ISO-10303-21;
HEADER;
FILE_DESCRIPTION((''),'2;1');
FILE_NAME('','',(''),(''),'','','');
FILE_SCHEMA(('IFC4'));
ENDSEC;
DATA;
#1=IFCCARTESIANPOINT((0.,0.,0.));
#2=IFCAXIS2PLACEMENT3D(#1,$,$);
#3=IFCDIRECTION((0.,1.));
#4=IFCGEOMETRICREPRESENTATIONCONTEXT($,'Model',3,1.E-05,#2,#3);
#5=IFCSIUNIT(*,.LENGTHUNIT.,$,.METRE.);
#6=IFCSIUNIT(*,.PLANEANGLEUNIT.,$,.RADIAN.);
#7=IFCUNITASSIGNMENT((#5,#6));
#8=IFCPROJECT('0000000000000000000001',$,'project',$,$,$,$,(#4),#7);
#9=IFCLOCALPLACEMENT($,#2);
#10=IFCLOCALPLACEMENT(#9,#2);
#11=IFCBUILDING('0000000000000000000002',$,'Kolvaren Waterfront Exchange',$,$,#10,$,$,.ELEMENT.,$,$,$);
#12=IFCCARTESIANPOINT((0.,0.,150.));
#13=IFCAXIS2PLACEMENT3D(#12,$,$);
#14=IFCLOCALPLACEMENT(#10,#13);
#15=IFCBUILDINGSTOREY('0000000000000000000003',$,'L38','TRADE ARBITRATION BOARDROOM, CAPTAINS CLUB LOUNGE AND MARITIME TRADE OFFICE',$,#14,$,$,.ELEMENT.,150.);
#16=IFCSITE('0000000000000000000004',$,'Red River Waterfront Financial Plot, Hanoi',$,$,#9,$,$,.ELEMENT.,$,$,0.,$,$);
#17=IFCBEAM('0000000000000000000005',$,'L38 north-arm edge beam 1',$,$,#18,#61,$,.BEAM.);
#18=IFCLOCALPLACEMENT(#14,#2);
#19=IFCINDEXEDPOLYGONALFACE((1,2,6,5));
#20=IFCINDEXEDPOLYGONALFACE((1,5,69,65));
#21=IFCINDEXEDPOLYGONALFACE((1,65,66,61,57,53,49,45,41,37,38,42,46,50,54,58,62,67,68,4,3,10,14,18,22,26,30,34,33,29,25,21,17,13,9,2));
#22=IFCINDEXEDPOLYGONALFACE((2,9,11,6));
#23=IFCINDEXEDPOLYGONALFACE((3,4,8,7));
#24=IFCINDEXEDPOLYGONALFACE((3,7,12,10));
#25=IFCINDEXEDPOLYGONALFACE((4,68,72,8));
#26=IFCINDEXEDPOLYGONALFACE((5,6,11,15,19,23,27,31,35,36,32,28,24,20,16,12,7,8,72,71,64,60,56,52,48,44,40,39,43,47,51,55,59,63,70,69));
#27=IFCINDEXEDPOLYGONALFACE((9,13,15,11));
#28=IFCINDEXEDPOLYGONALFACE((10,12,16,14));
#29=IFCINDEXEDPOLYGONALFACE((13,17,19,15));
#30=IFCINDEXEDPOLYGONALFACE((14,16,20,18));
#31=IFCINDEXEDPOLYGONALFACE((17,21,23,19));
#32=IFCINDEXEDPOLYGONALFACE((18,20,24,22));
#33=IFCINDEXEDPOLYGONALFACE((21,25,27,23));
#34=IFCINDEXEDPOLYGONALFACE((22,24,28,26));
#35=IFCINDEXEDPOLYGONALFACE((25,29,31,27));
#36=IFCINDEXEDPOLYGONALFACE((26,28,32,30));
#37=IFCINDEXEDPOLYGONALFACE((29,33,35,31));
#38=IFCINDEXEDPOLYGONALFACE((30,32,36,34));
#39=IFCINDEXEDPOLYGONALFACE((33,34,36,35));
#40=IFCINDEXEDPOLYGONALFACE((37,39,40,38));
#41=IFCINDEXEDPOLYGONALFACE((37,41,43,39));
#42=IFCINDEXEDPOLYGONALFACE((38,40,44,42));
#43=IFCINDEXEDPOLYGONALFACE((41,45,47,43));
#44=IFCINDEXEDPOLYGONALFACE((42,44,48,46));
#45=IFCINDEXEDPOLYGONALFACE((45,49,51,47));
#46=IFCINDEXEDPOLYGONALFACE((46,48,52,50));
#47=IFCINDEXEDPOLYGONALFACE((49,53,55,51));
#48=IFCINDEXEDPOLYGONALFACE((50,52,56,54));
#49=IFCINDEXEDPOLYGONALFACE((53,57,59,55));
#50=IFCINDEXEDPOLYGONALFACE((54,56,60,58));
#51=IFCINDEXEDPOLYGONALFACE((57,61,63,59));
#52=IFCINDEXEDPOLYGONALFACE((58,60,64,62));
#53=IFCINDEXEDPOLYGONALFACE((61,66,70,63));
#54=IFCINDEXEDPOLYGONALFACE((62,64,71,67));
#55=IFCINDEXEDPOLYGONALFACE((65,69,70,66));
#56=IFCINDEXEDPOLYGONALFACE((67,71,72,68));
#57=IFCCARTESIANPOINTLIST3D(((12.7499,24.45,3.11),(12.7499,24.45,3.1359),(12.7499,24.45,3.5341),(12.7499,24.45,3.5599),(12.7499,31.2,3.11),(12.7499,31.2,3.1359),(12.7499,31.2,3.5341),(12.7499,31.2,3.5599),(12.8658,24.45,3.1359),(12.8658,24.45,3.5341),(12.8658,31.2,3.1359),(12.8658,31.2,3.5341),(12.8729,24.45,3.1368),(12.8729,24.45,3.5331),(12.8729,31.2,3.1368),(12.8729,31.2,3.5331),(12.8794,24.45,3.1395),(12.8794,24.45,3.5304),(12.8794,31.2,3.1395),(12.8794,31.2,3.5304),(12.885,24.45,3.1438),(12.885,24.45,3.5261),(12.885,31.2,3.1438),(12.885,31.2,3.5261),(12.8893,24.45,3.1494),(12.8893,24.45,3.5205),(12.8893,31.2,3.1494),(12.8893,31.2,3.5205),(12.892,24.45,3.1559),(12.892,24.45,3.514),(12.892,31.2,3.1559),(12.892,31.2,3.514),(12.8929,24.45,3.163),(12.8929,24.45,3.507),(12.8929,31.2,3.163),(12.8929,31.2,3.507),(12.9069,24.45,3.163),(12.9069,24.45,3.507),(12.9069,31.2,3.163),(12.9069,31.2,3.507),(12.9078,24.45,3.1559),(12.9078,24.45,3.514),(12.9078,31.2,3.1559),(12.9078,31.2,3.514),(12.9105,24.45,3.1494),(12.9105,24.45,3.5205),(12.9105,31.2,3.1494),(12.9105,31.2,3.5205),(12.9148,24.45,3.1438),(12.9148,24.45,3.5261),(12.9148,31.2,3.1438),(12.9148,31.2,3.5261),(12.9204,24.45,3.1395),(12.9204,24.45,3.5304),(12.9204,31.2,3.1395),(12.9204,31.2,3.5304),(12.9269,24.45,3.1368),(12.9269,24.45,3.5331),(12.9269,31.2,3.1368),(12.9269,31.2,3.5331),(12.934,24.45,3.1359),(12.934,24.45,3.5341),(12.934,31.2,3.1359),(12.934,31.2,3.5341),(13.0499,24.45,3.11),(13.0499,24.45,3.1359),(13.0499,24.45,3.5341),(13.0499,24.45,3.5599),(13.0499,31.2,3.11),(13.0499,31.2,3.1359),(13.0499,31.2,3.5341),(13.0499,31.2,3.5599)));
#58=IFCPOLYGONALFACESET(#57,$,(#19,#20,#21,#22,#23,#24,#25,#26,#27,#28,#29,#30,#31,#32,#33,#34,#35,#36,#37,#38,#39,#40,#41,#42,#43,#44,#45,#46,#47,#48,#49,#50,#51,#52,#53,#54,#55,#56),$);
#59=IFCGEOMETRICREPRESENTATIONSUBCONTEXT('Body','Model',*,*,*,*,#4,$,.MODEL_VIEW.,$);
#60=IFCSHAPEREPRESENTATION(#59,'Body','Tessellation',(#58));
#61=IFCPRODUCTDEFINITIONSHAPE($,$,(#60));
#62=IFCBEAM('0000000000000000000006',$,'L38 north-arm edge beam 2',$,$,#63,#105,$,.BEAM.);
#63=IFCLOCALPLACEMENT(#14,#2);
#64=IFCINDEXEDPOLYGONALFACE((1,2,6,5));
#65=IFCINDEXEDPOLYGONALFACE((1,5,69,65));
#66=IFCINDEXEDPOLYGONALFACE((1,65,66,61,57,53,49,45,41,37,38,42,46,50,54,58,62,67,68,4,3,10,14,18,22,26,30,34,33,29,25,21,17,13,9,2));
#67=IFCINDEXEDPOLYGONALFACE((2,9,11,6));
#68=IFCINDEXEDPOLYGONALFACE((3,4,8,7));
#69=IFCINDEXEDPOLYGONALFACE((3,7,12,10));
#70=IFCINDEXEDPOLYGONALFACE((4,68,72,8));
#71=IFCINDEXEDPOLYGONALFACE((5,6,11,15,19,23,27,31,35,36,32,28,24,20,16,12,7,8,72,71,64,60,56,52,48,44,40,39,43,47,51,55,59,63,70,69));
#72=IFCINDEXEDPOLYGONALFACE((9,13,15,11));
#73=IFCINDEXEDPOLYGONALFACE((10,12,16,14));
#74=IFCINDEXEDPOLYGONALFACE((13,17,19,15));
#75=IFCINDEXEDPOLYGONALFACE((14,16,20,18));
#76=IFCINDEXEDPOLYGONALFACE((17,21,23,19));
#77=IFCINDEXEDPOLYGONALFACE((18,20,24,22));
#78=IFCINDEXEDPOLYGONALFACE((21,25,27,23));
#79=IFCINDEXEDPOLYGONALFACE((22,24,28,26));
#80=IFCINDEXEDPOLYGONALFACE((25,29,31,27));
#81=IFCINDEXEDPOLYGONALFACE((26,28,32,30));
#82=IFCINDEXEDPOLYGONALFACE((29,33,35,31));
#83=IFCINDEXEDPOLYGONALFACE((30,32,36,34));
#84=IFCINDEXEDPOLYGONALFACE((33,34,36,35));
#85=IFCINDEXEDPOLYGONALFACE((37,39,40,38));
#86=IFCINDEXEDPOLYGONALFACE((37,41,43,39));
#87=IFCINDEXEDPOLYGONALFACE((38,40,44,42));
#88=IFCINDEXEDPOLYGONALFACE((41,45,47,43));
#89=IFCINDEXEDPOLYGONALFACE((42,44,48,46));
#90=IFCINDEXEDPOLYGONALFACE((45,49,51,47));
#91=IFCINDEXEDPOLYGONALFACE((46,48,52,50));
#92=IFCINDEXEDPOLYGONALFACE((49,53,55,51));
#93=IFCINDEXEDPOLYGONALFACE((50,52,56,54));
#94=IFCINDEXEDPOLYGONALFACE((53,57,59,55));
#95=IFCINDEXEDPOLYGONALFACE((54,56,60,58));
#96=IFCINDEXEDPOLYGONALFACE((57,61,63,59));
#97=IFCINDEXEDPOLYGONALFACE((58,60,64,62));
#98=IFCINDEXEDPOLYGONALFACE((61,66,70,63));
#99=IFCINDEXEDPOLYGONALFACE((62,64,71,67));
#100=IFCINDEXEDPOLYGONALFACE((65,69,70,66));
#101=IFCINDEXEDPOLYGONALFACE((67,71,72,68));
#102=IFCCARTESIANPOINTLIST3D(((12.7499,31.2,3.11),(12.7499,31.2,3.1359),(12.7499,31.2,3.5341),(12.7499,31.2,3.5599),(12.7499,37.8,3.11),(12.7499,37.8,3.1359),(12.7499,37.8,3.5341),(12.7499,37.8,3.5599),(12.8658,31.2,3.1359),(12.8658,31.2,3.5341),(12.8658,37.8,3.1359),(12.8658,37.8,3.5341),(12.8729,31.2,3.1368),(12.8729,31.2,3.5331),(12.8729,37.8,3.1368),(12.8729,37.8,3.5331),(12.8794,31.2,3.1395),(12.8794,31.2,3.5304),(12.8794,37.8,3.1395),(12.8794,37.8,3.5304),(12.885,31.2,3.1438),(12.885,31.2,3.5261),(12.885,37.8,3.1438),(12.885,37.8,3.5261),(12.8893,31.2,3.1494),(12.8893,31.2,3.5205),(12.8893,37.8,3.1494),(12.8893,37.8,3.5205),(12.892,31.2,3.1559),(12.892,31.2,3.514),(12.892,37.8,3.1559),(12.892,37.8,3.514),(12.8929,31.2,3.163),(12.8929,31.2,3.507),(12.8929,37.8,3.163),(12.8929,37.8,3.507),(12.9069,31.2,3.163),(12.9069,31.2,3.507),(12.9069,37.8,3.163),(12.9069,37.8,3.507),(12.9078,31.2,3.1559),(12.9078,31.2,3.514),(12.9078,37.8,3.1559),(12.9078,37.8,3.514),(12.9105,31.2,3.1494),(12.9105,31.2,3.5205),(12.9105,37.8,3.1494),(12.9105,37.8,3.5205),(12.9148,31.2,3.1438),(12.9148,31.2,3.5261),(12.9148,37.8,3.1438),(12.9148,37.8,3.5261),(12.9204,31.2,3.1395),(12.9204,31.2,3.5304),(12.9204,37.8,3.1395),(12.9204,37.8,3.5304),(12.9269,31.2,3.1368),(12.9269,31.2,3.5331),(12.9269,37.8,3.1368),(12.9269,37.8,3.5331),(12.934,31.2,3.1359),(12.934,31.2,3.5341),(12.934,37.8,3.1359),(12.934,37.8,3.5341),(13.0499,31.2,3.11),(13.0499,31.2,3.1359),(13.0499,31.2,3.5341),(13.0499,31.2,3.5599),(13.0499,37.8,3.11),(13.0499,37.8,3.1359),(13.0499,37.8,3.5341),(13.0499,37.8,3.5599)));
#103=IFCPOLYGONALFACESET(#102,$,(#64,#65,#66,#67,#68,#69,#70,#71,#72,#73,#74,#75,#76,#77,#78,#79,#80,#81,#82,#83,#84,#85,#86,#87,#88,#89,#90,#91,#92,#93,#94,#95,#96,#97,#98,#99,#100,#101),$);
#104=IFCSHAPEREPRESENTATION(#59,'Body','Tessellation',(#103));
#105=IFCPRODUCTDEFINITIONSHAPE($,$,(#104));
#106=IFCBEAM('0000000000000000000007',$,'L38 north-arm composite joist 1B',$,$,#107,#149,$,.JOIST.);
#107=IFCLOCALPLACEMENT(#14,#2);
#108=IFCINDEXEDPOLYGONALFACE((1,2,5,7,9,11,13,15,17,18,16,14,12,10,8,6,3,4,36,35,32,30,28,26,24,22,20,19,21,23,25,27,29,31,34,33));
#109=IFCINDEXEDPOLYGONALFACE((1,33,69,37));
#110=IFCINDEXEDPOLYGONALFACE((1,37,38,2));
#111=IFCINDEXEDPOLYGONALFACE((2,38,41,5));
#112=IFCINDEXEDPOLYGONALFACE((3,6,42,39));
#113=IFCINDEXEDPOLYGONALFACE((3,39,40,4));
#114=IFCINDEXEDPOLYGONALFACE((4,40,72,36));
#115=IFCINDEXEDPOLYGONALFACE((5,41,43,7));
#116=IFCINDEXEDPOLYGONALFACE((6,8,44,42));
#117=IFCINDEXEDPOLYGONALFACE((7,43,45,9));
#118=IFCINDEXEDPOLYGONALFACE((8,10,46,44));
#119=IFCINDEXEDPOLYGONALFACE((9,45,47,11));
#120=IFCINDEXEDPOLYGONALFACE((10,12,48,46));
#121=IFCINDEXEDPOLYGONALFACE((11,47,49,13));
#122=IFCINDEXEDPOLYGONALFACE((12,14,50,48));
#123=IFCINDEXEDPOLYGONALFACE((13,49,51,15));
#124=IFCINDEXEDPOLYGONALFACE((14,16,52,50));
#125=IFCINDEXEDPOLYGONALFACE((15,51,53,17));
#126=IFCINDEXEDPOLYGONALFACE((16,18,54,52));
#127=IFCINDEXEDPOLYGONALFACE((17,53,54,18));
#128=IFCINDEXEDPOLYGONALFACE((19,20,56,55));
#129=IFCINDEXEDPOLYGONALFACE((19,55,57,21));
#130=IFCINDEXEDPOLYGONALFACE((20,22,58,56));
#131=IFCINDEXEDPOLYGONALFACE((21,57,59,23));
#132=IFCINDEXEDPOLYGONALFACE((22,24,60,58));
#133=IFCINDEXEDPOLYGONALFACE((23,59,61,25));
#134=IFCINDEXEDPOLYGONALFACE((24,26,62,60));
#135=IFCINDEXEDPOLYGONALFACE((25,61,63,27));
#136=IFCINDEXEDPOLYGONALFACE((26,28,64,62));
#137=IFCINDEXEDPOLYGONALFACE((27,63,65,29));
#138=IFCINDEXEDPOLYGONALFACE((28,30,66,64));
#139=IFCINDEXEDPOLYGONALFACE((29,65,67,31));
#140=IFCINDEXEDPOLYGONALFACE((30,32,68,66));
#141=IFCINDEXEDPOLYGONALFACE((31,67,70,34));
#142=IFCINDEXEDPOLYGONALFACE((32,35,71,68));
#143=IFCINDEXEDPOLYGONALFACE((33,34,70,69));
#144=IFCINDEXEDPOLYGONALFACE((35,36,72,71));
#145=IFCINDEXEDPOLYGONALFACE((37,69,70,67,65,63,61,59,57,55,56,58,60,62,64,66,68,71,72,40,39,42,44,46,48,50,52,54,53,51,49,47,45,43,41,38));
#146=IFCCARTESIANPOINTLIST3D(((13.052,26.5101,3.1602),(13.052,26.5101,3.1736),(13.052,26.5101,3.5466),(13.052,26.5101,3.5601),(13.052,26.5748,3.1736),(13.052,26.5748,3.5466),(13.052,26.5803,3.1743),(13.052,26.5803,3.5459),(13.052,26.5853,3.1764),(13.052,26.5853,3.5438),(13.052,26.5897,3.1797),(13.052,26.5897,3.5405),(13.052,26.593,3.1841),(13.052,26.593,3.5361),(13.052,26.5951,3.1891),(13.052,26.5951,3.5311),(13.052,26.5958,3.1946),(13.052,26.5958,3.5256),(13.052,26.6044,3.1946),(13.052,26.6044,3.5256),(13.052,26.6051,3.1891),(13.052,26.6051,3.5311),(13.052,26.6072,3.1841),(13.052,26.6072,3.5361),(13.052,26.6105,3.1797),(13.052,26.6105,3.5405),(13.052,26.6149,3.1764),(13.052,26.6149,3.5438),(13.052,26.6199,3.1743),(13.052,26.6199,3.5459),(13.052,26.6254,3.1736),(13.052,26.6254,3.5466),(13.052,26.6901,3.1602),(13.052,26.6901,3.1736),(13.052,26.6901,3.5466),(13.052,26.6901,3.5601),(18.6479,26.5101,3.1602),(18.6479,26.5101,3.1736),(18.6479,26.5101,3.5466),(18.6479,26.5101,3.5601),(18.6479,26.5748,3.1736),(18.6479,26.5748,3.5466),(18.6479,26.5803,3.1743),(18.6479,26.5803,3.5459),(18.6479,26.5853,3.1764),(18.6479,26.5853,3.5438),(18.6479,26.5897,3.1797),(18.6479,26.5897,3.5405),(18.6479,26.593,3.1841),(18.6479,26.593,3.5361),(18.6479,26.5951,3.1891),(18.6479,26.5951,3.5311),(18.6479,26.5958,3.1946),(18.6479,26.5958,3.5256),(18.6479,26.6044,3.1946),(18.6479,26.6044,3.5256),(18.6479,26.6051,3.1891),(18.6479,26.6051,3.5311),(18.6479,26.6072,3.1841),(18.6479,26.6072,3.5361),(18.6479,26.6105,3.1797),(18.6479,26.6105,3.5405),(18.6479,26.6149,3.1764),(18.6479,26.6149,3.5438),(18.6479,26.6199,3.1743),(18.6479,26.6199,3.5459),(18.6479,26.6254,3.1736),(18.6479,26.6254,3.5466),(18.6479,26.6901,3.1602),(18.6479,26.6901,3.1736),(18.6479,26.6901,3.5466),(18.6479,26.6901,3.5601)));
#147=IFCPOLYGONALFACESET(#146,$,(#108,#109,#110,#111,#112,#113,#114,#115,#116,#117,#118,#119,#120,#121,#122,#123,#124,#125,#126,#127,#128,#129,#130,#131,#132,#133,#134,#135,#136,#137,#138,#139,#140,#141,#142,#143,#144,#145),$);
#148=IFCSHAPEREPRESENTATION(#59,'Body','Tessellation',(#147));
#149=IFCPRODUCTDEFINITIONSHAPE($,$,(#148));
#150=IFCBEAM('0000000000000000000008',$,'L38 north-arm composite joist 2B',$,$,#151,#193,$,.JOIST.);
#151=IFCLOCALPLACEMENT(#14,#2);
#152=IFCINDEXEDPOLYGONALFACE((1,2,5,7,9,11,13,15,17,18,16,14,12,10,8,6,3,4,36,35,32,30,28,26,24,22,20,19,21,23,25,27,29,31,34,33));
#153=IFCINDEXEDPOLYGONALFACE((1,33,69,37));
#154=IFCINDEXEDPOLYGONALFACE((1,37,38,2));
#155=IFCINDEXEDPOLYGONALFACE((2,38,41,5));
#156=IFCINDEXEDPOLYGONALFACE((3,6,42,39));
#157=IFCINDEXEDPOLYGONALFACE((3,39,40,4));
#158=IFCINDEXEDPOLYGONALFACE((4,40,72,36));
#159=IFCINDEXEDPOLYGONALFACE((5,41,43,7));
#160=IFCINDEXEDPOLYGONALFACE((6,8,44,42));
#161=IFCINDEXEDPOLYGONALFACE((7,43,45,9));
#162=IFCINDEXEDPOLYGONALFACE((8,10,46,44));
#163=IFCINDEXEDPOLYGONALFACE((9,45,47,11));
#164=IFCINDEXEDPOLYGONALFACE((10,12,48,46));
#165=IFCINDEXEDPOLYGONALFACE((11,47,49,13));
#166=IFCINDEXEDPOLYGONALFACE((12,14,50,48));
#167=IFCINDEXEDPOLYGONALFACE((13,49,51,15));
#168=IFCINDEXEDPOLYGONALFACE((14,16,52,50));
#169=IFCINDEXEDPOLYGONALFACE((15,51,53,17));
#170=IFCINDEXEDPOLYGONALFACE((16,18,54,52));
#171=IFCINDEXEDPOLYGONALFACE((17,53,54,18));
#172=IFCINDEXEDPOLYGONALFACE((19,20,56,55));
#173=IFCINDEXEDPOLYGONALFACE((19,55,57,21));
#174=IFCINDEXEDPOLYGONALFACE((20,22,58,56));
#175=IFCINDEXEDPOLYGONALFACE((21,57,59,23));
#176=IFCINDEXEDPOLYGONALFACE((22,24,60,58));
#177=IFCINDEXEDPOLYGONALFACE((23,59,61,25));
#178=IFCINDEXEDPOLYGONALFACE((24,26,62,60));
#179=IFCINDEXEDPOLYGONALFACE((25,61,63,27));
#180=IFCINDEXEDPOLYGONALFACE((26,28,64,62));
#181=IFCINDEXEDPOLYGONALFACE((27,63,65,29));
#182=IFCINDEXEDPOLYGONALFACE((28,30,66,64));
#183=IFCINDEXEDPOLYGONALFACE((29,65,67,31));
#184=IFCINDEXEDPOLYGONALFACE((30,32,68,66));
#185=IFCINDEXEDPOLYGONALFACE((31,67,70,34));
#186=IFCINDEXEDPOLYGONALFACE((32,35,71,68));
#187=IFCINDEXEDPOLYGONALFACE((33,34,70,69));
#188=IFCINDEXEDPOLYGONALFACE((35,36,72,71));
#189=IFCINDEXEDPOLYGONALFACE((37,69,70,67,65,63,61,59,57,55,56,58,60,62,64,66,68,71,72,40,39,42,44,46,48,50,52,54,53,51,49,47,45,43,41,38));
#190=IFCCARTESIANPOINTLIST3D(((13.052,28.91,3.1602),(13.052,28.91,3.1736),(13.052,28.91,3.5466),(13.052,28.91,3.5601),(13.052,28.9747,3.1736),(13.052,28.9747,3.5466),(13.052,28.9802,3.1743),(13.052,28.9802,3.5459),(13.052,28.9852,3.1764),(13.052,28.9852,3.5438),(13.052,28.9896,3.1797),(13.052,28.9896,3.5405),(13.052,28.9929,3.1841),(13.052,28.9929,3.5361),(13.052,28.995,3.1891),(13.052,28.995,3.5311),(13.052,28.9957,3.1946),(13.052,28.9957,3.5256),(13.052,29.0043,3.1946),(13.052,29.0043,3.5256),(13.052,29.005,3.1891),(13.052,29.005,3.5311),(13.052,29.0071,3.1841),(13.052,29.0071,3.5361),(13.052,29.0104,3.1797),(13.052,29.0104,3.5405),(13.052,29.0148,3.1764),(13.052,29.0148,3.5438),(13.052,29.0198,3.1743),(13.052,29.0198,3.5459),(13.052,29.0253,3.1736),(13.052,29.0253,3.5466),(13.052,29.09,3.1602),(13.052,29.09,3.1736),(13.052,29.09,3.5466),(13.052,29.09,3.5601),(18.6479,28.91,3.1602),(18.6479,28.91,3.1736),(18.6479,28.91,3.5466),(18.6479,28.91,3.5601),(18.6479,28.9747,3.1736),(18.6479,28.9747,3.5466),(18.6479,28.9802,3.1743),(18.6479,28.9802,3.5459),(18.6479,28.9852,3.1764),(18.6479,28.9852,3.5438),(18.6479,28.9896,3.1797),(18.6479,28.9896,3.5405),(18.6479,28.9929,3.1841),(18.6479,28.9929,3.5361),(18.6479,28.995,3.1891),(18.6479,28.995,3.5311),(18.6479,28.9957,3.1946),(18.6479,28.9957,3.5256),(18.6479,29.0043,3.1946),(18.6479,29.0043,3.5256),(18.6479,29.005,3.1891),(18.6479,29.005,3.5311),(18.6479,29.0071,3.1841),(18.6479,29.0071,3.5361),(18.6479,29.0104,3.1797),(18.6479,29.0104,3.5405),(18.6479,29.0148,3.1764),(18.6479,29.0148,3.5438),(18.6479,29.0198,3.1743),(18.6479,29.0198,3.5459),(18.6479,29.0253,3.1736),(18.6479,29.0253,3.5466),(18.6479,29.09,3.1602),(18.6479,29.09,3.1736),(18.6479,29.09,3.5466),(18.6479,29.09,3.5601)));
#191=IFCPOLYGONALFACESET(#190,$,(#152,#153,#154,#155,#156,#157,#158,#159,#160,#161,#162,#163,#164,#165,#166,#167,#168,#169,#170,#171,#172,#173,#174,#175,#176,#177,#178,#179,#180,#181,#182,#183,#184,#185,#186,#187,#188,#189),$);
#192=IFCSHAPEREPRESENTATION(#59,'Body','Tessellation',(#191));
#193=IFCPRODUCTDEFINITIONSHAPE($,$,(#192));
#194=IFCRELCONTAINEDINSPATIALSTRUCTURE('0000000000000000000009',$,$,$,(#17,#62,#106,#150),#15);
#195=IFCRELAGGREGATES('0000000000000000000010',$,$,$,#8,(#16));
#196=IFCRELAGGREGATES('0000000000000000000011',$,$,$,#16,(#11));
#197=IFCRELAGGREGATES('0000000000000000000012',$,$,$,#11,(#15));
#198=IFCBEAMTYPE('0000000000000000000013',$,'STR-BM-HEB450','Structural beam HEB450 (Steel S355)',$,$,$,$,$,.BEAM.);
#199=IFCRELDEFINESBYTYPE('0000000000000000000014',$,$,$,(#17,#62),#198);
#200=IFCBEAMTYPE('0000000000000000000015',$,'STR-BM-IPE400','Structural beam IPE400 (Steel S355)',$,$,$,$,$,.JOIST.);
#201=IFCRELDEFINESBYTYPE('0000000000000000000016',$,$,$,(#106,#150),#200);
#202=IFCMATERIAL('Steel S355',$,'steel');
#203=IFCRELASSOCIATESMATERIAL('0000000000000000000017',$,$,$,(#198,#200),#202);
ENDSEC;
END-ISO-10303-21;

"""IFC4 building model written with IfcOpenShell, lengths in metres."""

from ifc_helpers import new_model, si_unit, direction, frame, origin, origin_2d, place, context, subcontext, project, spatial, i_section, extrude, material, material_profile, profile_set, type_object, element, save


model = new_model("IFC4")

# Units and contexts
model_context = context("Model", 3, precision=1e-05, world=origin(), true_north=direction((0.0, 1.0)))
body_context = subcontext(model_context, "Body", "Model", "MODEL_VIEW")
ifc_project = project(units=[si_unit("LENGTHUNIT", "METRE"), si_unit("PLANEANGLEUNIT", "RADIAN")], contexts=[model_context])

# Site, building, storey
site_placement = place(None, origin())
site = spatial("IfcSite", under=ifc_project, at=site_placement, Name="Red River Waterfront Financial Plot, Hanoi", CompositionType="ELEMENT", RefElevation=0.0)
building_placement = place(site_placement, origin())
building = spatial("IfcBuilding", under=site, at=building_placement, Name="Kolvaren Waterfront Exchange", CompositionType="ELEMENT")
storey_placement = place(building_placement, frame((0.0, 0.0, 150.0)))
storey = spatial("IfcBuildingStorey", under=building, at=storey_placement, Name="L38", Description="TRADE ARBITRATION BOARDROOM, CAPTAINS CLUB LOUNGE AND MARITIME TRADE OFFICE", CompositionType="ELEMENT", Elevation=150.0)

# Beams
ifc_material_1 = material(Name="Steel S355", Category="steel")
ifc_material_profile_1 = material_profile(ifc_material_1, i_section(OverallWidth=0.3, OverallDepth=0.45, WebThickness=0.0139, FlangeThickness=0.0259, FilletRadius=0.0271, at=origin_2d()), Name="HEB450")
ifc_profile_set_1 = profile_set([ifc_material_profile_1], Name="Steel S355")
beam_type_1 = type_object("IfcBeamType", Name="STR-BM-HEB450", Description="Structural beam HEB450 (Steel S355)", PredefinedType="BEAM", material=ifc_profile_set_1)
beam_1_placement = place(storey_placement, frame((12.8999, 24.45, 3.335), z_axis=(0.0, 1.0, 0.0), x_axis=(-1.0, 0.0, 0.0)))
element("IfcBeam", 1, at=beam_1_placement, inside=storey, type_object=beam_type_1, Name="L38 north-arm edge beam 1", PredefinedType="BEAM", context=body_context, shape_type="SweptSolid", body=[
    extrude(i_section(OverallWidth=0.3, OverallDepth=0.45, WebThickness=0.0139, FlangeThickness=0.0259, FilletRadius=0.0271, at=origin_2d()), origin(), (0.0, 0.0, 1.0), 6.75),
])
beam_2_placement = place(storey_placement, frame((12.8999, 31.2, 3.335), z_axis=(0.0, 1.0, 0.0), x_axis=(-1.0, 0.0, 0.0)))
element("IfcBeam", 2, at=beam_2_placement, inside=storey, type_object=beam_type_1, Name="L38 north-arm edge beam 2", PredefinedType="BEAM", context=body_context, shape_type="SweptSolid", body=[
    extrude(i_section(OverallWidth=0.3, OverallDepth=0.45, WebThickness=0.0139, FlangeThickness=0.0259, FilletRadius=0.0271, at=origin_2d()), origin(), (0.0, 0.0, 1.0), 6.6001),
])
ifc_material_profile_2 = material_profile(ifc_material_1, i_section(OverallWidth=0.1799, OverallDepth=0.3999, WebThickness=0.0085, FlangeThickness=0.0134, FilletRadius=0.021, at=origin_2d()), Name="IPE400")
ifc_profile_set_2 = profile_set([ifc_material_profile_2], Name="Steel S355")
beam_type_2 = type_object("IfcBeamType", Name="STR-BM-IPE400", Description="Structural beam IPE400 (Steel S355)", PredefinedType="JOIST", material=ifc_profile_set_2)
for number, where, z_axis, x_axis, name in (
    (3, (13.052, 26.6001, 3.3601), (1.0, 0.0, 0.0), (0.0, 1.0, 0.0), "L38 north-arm composite joist 1B"),
    (4, (13.052, 29.0, 3.3601), (1.0, 0.0, 0.0), (0.0, 1.0, 0.0), "L38 north-arm composite joist 2B"),
):
    element("IfcBeam", number, at=place(storey_placement, frame(where, z_axis=z_axis, x_axis=x_axis)), inside=storey, type_object=beam_type_2, Name=name, PredefinedType="JOIST", context=body_context, shape_type="SweptSolid", body=[
        extrude(i_section(OverallWidth=0.1799, OverallDepth=0.3999, WebThickness=0.0085, FlangeThickness=0.0134, FilletRadius=0.021, at=origin_2d()), origin(), (0.0, 0.0, 1.0), 5.5959),
    ])

save(model, "model.ifc")
